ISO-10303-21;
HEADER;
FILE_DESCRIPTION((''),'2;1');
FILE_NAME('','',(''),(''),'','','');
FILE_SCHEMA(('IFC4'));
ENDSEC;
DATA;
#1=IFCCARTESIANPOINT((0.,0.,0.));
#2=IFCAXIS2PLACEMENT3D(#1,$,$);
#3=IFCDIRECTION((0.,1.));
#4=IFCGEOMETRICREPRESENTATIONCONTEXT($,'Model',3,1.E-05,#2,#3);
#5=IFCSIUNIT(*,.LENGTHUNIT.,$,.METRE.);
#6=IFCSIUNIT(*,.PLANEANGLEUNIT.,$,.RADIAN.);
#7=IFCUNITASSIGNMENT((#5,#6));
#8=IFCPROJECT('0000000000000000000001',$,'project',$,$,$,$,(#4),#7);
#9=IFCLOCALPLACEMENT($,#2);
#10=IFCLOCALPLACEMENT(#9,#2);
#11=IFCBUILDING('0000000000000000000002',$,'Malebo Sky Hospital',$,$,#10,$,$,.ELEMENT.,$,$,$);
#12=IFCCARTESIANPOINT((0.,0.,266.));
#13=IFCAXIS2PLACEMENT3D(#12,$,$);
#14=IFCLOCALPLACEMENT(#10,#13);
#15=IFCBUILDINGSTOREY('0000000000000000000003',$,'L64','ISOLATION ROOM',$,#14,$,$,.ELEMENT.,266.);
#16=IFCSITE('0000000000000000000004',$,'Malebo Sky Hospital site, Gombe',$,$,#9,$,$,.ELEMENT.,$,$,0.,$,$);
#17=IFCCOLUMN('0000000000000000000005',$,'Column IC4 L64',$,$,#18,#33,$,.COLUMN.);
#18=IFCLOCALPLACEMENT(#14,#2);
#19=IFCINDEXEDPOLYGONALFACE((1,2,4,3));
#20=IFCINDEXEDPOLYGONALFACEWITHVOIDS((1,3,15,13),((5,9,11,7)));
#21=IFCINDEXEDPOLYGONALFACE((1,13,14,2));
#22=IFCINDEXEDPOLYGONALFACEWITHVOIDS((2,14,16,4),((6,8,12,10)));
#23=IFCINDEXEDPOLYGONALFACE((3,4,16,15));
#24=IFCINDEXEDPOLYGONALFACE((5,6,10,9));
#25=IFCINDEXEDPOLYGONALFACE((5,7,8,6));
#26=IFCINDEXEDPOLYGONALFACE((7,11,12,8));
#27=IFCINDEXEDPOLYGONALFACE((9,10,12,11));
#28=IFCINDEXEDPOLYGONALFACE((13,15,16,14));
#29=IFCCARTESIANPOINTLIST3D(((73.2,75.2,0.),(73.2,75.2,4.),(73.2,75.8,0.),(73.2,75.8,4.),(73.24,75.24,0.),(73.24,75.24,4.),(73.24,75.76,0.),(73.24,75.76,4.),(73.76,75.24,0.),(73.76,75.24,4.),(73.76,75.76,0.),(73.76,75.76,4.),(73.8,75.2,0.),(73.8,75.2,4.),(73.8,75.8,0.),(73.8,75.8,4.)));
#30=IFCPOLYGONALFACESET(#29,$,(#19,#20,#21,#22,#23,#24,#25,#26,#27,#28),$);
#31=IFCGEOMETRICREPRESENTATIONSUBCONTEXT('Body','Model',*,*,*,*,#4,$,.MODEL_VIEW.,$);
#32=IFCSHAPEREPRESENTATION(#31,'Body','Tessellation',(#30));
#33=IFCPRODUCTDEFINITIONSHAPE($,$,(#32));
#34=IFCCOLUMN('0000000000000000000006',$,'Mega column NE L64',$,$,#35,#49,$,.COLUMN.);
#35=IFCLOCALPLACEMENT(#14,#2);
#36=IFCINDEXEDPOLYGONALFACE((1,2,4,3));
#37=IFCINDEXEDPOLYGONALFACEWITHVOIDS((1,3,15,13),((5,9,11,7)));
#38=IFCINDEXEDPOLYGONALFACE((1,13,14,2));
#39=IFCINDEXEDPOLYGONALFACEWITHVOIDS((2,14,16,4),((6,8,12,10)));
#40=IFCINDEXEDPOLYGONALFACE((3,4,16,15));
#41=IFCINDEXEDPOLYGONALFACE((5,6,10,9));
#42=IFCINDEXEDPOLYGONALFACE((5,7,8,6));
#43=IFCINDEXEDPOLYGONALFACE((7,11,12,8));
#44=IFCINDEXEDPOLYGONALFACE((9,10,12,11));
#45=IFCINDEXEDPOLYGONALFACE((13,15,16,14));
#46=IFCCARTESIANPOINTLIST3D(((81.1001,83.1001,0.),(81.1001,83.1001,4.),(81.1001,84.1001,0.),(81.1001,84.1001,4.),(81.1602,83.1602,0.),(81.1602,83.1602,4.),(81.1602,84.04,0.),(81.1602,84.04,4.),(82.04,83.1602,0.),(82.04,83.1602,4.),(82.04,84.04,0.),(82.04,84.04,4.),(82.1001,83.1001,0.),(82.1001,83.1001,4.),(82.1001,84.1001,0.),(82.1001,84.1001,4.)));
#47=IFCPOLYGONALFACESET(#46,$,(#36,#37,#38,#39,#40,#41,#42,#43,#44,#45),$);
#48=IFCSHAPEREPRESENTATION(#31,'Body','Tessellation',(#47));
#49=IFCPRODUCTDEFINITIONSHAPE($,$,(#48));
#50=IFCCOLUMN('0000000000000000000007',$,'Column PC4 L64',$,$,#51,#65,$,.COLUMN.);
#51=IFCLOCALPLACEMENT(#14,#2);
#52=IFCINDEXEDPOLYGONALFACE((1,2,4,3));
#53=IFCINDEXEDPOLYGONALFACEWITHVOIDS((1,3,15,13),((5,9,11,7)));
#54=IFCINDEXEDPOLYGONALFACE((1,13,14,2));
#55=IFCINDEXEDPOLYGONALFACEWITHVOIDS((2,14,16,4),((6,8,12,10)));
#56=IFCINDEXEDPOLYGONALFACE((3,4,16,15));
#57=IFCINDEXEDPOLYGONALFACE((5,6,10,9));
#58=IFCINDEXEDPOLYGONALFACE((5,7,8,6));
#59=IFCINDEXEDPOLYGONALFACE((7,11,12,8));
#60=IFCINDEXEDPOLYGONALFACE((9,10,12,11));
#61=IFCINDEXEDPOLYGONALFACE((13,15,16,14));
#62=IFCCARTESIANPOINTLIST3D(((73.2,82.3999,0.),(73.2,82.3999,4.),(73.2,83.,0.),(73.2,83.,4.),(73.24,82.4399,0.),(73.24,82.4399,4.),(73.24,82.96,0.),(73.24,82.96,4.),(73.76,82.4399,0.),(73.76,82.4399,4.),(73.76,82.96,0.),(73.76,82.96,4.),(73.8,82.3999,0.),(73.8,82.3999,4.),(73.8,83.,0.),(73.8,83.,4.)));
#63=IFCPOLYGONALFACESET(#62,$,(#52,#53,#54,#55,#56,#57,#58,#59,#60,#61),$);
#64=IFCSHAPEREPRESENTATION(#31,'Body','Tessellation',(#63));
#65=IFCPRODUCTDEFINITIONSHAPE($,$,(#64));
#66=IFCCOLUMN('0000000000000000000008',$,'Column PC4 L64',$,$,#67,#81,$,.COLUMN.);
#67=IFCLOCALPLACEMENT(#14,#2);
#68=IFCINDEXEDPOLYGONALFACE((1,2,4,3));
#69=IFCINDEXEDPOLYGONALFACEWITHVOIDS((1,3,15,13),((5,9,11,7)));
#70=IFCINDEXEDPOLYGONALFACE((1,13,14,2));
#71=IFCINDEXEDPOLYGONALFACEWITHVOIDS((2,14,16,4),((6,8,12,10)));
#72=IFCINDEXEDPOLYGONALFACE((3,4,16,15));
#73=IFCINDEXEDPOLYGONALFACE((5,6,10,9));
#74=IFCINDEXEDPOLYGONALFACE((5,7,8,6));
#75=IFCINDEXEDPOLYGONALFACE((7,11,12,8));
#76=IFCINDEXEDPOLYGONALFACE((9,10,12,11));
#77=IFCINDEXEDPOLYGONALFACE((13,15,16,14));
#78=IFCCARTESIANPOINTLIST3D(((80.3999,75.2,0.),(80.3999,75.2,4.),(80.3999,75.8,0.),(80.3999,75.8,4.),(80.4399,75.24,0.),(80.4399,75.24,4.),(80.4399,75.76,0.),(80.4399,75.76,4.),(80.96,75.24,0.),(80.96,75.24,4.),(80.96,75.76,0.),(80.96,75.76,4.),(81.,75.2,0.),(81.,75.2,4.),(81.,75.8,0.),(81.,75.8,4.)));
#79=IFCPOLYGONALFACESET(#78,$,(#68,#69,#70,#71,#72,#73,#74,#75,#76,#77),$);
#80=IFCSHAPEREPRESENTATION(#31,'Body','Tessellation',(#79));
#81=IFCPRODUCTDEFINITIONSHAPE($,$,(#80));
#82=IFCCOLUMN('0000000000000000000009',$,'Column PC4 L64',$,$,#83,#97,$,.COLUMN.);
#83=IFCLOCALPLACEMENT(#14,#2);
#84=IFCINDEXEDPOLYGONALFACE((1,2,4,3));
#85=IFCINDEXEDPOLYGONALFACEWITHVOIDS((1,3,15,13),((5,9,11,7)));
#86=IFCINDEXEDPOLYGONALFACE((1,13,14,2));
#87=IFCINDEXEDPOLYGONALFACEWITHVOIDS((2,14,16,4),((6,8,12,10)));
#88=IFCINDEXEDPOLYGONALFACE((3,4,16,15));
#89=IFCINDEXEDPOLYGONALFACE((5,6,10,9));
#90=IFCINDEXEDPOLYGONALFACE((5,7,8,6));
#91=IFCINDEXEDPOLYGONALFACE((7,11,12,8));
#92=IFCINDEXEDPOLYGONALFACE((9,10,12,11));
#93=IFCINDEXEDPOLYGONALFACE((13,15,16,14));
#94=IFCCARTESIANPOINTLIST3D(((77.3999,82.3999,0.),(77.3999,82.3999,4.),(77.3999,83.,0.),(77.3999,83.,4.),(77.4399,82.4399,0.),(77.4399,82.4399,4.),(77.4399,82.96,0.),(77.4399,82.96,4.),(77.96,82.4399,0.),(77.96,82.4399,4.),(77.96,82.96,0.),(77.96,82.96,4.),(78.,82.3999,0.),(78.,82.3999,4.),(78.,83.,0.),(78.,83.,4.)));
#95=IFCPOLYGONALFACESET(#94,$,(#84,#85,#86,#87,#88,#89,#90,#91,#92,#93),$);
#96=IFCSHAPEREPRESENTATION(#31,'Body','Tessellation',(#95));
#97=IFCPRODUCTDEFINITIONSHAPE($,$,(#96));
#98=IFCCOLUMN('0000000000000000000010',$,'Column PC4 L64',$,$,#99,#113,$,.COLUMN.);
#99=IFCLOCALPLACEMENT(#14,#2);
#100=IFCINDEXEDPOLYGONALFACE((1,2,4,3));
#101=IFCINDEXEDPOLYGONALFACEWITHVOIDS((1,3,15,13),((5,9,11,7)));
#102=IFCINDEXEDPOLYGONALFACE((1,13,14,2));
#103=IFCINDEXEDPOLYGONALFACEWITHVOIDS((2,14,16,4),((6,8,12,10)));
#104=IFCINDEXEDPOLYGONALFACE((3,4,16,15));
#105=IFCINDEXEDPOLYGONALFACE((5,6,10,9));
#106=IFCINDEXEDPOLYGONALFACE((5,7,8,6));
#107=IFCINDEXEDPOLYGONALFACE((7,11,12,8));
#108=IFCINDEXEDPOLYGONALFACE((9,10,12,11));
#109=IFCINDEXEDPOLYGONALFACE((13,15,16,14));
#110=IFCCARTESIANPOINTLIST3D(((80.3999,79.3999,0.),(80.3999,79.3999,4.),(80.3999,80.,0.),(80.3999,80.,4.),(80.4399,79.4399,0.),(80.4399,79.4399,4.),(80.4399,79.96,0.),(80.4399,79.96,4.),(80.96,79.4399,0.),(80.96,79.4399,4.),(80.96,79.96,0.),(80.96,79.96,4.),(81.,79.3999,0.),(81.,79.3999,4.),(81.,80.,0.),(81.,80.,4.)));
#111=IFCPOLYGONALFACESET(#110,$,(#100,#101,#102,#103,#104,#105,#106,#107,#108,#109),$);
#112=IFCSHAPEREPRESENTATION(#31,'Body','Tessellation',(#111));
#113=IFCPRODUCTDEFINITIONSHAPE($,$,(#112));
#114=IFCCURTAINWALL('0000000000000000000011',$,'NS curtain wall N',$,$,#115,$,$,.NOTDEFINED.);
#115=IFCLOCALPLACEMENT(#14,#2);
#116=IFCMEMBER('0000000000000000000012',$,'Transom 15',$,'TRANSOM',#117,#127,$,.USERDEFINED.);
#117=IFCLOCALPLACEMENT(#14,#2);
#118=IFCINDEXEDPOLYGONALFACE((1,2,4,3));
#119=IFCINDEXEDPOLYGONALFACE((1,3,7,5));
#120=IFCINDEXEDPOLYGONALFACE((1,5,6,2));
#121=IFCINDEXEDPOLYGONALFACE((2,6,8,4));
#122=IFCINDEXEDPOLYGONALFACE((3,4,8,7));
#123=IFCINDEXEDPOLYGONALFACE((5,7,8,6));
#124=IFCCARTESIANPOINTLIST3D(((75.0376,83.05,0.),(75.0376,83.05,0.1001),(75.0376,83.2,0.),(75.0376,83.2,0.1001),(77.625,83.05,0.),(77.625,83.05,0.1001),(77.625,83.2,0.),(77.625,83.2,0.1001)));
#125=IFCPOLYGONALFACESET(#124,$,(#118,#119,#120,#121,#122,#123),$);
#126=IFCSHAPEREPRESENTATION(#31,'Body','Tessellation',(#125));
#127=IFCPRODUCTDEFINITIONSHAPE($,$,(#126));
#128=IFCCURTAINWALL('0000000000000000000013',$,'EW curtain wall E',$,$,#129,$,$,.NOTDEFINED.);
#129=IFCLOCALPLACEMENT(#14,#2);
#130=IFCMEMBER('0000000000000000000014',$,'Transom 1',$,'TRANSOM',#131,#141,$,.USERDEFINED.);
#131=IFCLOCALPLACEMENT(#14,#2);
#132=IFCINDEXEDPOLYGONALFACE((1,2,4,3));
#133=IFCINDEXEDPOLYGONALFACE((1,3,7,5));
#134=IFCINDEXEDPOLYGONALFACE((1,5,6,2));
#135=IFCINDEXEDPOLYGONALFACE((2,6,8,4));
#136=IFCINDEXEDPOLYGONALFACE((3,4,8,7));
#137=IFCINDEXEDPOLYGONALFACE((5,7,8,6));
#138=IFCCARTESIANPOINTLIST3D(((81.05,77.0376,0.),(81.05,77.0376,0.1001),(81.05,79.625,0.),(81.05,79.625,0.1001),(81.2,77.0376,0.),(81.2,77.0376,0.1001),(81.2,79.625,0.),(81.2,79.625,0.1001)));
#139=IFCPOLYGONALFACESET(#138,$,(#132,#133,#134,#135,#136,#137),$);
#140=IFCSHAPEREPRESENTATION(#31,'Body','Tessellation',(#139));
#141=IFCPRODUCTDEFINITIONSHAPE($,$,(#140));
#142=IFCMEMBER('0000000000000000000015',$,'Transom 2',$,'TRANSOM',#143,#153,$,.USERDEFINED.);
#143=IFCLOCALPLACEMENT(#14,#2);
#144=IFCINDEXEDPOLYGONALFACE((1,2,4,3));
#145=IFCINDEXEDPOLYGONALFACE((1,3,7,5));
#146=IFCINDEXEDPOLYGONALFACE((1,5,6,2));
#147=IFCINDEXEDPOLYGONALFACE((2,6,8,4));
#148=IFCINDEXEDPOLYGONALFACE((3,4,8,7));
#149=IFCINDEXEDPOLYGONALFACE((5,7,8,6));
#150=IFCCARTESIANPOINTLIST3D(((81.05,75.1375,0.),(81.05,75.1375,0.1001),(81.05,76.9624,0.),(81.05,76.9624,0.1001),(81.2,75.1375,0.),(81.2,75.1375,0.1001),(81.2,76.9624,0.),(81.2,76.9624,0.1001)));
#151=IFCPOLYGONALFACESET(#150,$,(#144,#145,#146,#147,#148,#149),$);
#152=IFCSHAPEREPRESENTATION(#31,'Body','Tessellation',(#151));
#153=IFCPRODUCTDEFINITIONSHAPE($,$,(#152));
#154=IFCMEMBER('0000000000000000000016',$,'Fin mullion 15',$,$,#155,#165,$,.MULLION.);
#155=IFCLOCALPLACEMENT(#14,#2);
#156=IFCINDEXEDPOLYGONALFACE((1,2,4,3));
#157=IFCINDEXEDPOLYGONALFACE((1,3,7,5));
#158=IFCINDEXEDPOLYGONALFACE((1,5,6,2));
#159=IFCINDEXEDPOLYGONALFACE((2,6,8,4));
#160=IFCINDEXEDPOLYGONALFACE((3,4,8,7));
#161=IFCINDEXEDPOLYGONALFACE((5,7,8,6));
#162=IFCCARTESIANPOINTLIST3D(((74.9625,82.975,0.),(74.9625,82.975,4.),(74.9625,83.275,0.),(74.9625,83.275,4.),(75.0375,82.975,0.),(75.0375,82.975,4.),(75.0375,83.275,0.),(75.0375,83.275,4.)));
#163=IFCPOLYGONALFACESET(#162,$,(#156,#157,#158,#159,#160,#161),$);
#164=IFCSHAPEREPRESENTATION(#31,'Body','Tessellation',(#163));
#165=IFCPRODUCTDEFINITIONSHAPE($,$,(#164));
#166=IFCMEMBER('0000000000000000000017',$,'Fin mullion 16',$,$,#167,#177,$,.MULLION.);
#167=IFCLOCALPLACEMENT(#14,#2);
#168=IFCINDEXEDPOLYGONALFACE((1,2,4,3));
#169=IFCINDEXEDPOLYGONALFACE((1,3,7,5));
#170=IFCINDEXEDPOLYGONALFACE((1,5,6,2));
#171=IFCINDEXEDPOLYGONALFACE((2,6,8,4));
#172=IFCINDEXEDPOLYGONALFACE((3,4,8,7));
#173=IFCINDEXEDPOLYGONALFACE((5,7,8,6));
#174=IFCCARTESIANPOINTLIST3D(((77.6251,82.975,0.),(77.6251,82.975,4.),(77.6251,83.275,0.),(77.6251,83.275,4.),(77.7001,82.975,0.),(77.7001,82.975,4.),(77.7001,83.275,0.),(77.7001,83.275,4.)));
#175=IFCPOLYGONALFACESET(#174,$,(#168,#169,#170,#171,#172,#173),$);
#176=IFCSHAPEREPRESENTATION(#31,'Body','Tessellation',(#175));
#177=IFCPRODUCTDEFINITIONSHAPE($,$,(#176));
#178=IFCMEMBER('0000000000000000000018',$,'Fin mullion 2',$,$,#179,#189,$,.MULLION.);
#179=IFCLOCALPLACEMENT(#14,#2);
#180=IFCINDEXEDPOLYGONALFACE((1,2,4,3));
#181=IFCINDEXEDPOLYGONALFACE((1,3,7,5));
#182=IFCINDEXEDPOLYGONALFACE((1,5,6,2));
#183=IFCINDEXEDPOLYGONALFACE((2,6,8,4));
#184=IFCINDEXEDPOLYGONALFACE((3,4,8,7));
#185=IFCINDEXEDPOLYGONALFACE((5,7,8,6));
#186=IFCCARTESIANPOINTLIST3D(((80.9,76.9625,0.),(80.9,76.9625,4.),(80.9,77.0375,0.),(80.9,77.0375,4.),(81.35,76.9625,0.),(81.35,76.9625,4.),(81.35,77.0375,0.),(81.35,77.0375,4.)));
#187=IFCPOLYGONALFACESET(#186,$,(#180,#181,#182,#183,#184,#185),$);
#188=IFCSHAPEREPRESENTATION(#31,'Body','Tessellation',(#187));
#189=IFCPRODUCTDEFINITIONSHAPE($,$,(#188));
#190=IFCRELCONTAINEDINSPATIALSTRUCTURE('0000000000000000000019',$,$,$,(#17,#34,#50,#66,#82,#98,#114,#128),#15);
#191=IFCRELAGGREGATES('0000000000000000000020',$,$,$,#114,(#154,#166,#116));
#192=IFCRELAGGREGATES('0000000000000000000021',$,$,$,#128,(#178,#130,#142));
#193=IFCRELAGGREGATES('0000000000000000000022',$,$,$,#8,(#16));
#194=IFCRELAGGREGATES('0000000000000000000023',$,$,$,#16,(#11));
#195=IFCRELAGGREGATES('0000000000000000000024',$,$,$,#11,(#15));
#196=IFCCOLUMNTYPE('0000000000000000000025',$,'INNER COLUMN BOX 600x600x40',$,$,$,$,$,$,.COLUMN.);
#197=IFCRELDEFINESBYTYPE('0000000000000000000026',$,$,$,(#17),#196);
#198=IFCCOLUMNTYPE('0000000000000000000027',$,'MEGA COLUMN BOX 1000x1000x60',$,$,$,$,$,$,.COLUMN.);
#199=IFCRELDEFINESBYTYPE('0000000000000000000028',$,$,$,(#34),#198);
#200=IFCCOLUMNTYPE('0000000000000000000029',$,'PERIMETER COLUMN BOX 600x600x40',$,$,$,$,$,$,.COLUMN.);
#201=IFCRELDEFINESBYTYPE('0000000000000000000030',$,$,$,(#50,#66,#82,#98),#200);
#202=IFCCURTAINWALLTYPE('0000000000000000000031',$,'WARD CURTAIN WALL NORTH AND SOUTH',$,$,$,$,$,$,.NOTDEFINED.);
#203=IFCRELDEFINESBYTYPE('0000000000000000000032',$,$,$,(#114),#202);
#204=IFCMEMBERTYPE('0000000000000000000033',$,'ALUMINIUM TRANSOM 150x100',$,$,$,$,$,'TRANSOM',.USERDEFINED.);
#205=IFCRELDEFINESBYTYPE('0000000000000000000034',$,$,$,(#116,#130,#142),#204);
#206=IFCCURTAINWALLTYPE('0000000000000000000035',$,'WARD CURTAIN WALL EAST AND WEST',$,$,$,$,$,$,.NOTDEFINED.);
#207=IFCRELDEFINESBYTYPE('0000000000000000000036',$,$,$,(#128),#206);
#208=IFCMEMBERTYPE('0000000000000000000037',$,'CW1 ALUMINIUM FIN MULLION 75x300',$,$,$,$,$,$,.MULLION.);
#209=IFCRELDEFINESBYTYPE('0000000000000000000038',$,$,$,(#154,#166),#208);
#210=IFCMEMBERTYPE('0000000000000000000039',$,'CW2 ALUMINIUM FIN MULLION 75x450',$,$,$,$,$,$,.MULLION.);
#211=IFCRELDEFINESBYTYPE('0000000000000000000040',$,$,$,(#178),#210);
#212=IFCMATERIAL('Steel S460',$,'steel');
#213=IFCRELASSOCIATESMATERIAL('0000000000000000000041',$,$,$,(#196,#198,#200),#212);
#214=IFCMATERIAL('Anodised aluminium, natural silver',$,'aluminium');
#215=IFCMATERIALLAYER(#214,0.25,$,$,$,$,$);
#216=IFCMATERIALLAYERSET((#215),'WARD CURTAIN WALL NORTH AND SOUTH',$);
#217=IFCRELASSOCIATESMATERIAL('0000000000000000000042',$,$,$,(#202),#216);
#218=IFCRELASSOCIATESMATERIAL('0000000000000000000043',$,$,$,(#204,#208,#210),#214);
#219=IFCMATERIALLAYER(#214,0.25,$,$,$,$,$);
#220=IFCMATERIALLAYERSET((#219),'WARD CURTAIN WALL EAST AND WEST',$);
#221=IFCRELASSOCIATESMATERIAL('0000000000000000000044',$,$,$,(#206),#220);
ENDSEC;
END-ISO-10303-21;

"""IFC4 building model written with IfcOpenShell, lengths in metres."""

from ifc_helpers import new_model, si_unit, direction, frame, origin, origin_2d, place, context, subcontext, project, spatial, rectangle, hollow_rectangle, extrude, material, layer, layer_set, material_profile, profile_set, type_object, element, aggregate, save


model = new_model("IFC4")

# Units and contexts
model_context = context("Model", 3, precision=1e-05, world=origin(), true_north=direction((0.0, 1.0)))
body_context = subcontext(model_context, "Body", "Model", "MODEL_VIEW")
ifc_project = project(units=[si_unit("LENGTHUNIT", "METRE"), si_unit("PLANEANGLEUNIT", "RADIAN")], contexts=[model_context])

# Site, building, storey
site_placement = place(None, origin())
site = spatial("IfcSite", under=ifc_project, at=site_placement, Name="Malebo Sky Hospital site, Gombe", CompositionType="ELEMENT", RefElevation=0.0)
building_placement = place(site_placement, origin())
building = spatial("IfcBuilding", under=site, at=building_placement, Name="Malebo Sky Hospital", CompositionType="ELEMENT")
storey_placement = place(building_placement, frame((0.0, 0.0, 266.0)))
storey = spatial("IfcBuildingStorey", under=building, at=storey_placement, Name="L64", Description="ISOLATION ROOM", CompositionType="ELEMENT", Elevation=266.0)

# Columns
ifc_material_1 = material(Name="Steel S460", Category="steel")
ifc_material_profile_1 = material_profile(ifc_material_1, hollow_rectangle(XDim=0.6001, YDim=0.6001, WallThickness=0.04, at=origin_2d()), Name="BOX 600x600x40")
ifc_profile_set_1 = profile_set([ifc_material_profile_1], Name="Steel S460")
column_type_1 = type_object("IfcColumnType", Name="INNER COLUMN BOX 600x600x40", PredefinedType="COLUMN", material=ifc_profile_set_1)
column_1_placement = place(storey_placement, frame((73.5, 75.5, 0.0), z_axis=(0.0, 0.0, 1.0), x_axis=(1.0, 0.0, 0.0)))
element("IfcColumn", 1, at=column_1_placement, inside=storey, type_object=column_type_1, Name="Column IC4 L64", PredefinedType="COLUMN", context=body_context, shape_type="SweptSolid", body=[
    extrude(hollow_rectangle(XDim=0.6001, YDim=0.6001, WallThickness=0.04, at=origin_2d()), origin(), (0.0, 0.0, 1.0), 4.0),
])
ifc_material_profile_2 = material_profile(ifc_material_1, hollow_rectangle(XDim=1.0, YDim=1.0, WallThickness=0.0601, at=origin_2d()), Name="BOX 1000x1000x60")
ifc_profile_set_2 = profile_set([ifc_material_profile_2], Name="Steel S460")
column_type_2 = type_object("IfcColumnType", Name="MEGA COLUMN BOX 1000x1000x60", PredefinedType="COLUMN", material=ifc_profile_set_2)
column_2_placement = place(storey_placement, frame((81.6001, 83.6001, 0.0), z_axis=(0.0, 0.0, 1.0), x_axis=(1.0, 0.0, 0.0)))
element("IfcColumn", 2, at=column_2_placement, inside=storey, type_object=column_type_2, Name="Mega column NE L64", PredefinedType="COLUMN", context=body_context, shape_type="SweptSolid", body=[
    extrude(hollow_rectangle(XDim=1.0, YDim=1.0, WallThickness=0.0601, at=origin_2d()), origin(), (0.0, 0.0, 1.0), 4.0),
])
ifc_material_profile_3 = material_profile(ifc_material_1, hollow_rectangle(XDim=0.6001, YDim=0.6001, WallThickness=0.04, at=origin_2d()), Name="BOX 600x600x40")
ifc_profile_set_3 = profile_set([ifc_material_profile_3], Name="Steel S460")
column_type_3 = type_object("IfcColumnType", Name="PERIMETER COLUMN BOX 600x600x40", PredefinedType="COLUMN", material=ifc_profile_set_3)
for number, where, z_axis, x_axis, name in (
    (3, (73.5, 82.7, 0.0), (0.0, 0.0, 1.0), (1.0, 0.0, 0.0), "Column PC4 L64"),
    (4, (80.7, 75.5, 0.0), (0.0, 0.0, 1.0), (1.0, 0.0, 0.0), "Column PC4 L64"),
    (5, (77.7, 82.7, 0.0), (0.0, 0.0, 1.0), (1.0, 0.0, 0.0), "Column PC4 L64"),
    (6, (80.7, 79.7, 0.0), (0.0, 0.0, 1.0), (1.0, 0.0, 0.0), "Column PC4 L64"),
):
    element("IfcColumn", number, at=place(storey_placement, frame(where, z_axis=z_axis, x_axis=x_axis)), inside=storey, type_object=column_type_3, Name=name, PredefinedType="COLUMN", context=body_context, shape_type="SweptSolid", body=[
        extrude(hollow_rectangle(XDim=0.6001, YDim=0.6001, WallThickness=0.04, at=origin_2d()), origin(), (0.0, 0.0, 1.0), 4.0),
    ])

# Curtain wall, member
ifc_material_2 = material(Name="Anodised aluminium, natural silver", Category="aluminium")
ifc_layer_1 = layer(ifc_material_2, 0.25)
ifc_layer_set_1 = layer_set([ifc_layer_1], Name="WARD CURTAIN WALL NORTH AND SOUTH")
curtain_wall_type_1 = type_object("IfcCurtainWallType", Name="WARD CURTAIN WALL NORTH AND SOUTH", PredefinedType="NOTDEFINED", material=ifc_layer_set_1)
curtain_wall_1_placement = place(storey_placement, origin())
curtain_wall_1 = element("IfcCurtainWall", 7, at=curtain_wall_1_placement, inside=storey, type_object=curtain_wall_type_1, Name="NS curtain wall N", PredefinedType="NOTDEFINED")
ifc_material_profile_4 = material_profile(ifc_material_2, rectangle(XDim=0.1499, YDim=0.1001, at=origin_2d()), Name="ALUMINIUM TRANSOM 150x100")
ifc_profile_set_4 = profile_set([ifc_material_profile_4], Name="Anodised aluminium, natural silver")
member_type_1 = type_object("IfcMemberType", Name="ALUMINIUM TRANSOM 150x100", ElementType="TRANSOM", PredefinedType="USERDEFINED", material=ifc_profile_set_4)
member_1_placement = place(storey_placement, frame((75.0376, 83.125, 0.05), z_axis=(1.0, 0.0, 0.0), x_axis=(0.0, 1.0, 0.0)))
member_1 = element("IfcMember", 8, at=member_1_placement, type_object=member_type_1, Name="Transom 15", ObjectType="TRANSOM", PredefinedType="USERDEFINED", context=body_context, shape_type="SweptSolid", body=[
    extrude(rectangle(XDim=0.1499, YDim=0.1001, at=origin_2d()), origin(), (0.0, 0.0, 1.0), 2.5874),
])

# Curtain wall, members
ifc_layer_2 = layer(ifc_material_2, 0.25)
ifc_layer_set_2 = layer_set([ifc_layer_2], Name="WARD CURTAIN WALL EAST AND WEST")
curtain_wall_type_2 = type_object("IfcCurtainWallType", Name="WARD CURTAIN WALL EAST AND WEST", PredefinedType="NOTDEFINED", material=ifc_layer_set_2)
curtain_wall_2_placement = place(storey_placement, origin())
curtain_wall_2 = element("IfcCurtainWall", 9, at=curtain_wall_2_placement, inside=storey, type_object=curtain_wall_type_2, Name="EW curtain wall E", PredefinedType="NOTDEFINED")
member_2_placement = place(storey_placement, frame((81.125, 79.625, 0.05), z_axis=(0.0, -1.0, 0.0), x_axis=(1.0, 0.0, 0.0)))
member_2 = element("IfcMember", 10, at=member_2_placement, type_object=member_type_1, Name="Transom 1", ObjectType="TRANSOM", PredefinedType="USERDEFINED", context=body_context, shape_type="SweptSolid", body=[
    extrude(rectangle(XDim=0.1499, YDim=0.1001, at=origin_2d()), origin(), (0.0, 0.0, 1.0), 2.5874),
])
member_3_placement = place(storey_placement, frame((81.125, 76.9624, 0.05), z_axis=(0.0, -1.0, 0.0), x_axis=(1.0, 0.0, 0.0)))
member_3 = element("IfcMember", 11, at=member_3_placement, type_object=member_type_1, Name="Transom 2", ObjectType="TRANSOM", PredefinedType="USERDEFINED", context=body_context, shape_type="SweptSolid", body=[
    extrude(rectangle(XDim=0.1499, YDim=0.1001, at=origin_2d()), origin(), (0.0, 0.0, 1.0), 1.825),
])

# Members
ifc_material_profile_5 = material_profile(ifc_material_2, rectangle(XDim=0.075, YDim=0.3, at=origin_2d()), Name="CW1 ALUMINIUM FIN MULLION 75x300")
ifc_profile_set_5 = profile_set([ifc_material_profile_5], Name="Anodised aluminium, natural silver")
member_type_2 = type_object("IfcMemberType", Name="CW1 ALUMINIUM FIN MULLION 75x300", PredefinedType="MULLION", material=ifc_profile_set_5)
member_4_placement = place(storey_placement, frame((75.0, 83.125, 0.0), z_axis=(0.0, 0.0, 1.0), x_axis=(1.0, 0.0, 0.0)))
member_4 = element("IfcMember", 12, at=member_4_placement, type_object=member_type_2, Name="Fin mullion 15", PredefinedType="MULLION", context=body_context, shape_type="SweptSolid", body=[
    extrude(rectangle(XDim=0.075, YDim=0.3, at=origin_2d()), origin(), (0.0, 0.0, 1.0), 4.0),
])
member_5_placement = place(storey_placement, frame((77.6626, 83.125, 0.0), z_axis=(0.0, 0.0, 1.0), x_axis=(1.0, 0.0, 0.0)))
member_5 = element("IfcMember", 13, at=member_5_placement, type_object=member_type_2, Name="Fin mullion 16", PredefinedType="MULLION", context=body_context, shape_type="SweptSolid", body=[
    extrude(rectangle(XDim=0.075, YDim=0.3, at=origin_2d()), origin(), (0.0, 0.0, 1.0), 4.0),
])
ifc_material_profile_6 = material_profile(ifc_material_2, rectangle(XDim=0.075, YDim=0.45, at=origin_2d()), Name="CW2 ALUMINIUM FIN MULLION 75x450")
ifc_profile_set_6 = profile_set([ifc_material_profile_6], Name="Anodised aluminium, natural silver")
member_type_3 = type_object("IfcMemberType", Name="CW2 ALUMINIUM FIN MULLION 75x450", PredefinedType="MULLION", material=ifc_profile_set_6)
member_6_placement = place(storey_placement, frame((81.125, 77.0, 0.0), z_axis=(0.0, 0.0, 1.0), x_axis=(0.0, -1.0, 0.0)))
member_6 = element("IfcMember", 14, at=member_6_placement, type_object=member_type_3, Name="Fin mullion 2", PredefinedType="MULLION", context=body_context, shape_type="SweptSolid", body=[
    extrude(rectangle(XDim=0.075, YDim=0.45, at=origin_2d()), origin(), (0.0, 0.0, 1.0), 4.0),
])

aggregate(curtain_wall_1, [member_4, member_5, member_1])
aggregate(curtain_wall_2, [member_6, member_2, member_3])

save(model, "model.ifc")
